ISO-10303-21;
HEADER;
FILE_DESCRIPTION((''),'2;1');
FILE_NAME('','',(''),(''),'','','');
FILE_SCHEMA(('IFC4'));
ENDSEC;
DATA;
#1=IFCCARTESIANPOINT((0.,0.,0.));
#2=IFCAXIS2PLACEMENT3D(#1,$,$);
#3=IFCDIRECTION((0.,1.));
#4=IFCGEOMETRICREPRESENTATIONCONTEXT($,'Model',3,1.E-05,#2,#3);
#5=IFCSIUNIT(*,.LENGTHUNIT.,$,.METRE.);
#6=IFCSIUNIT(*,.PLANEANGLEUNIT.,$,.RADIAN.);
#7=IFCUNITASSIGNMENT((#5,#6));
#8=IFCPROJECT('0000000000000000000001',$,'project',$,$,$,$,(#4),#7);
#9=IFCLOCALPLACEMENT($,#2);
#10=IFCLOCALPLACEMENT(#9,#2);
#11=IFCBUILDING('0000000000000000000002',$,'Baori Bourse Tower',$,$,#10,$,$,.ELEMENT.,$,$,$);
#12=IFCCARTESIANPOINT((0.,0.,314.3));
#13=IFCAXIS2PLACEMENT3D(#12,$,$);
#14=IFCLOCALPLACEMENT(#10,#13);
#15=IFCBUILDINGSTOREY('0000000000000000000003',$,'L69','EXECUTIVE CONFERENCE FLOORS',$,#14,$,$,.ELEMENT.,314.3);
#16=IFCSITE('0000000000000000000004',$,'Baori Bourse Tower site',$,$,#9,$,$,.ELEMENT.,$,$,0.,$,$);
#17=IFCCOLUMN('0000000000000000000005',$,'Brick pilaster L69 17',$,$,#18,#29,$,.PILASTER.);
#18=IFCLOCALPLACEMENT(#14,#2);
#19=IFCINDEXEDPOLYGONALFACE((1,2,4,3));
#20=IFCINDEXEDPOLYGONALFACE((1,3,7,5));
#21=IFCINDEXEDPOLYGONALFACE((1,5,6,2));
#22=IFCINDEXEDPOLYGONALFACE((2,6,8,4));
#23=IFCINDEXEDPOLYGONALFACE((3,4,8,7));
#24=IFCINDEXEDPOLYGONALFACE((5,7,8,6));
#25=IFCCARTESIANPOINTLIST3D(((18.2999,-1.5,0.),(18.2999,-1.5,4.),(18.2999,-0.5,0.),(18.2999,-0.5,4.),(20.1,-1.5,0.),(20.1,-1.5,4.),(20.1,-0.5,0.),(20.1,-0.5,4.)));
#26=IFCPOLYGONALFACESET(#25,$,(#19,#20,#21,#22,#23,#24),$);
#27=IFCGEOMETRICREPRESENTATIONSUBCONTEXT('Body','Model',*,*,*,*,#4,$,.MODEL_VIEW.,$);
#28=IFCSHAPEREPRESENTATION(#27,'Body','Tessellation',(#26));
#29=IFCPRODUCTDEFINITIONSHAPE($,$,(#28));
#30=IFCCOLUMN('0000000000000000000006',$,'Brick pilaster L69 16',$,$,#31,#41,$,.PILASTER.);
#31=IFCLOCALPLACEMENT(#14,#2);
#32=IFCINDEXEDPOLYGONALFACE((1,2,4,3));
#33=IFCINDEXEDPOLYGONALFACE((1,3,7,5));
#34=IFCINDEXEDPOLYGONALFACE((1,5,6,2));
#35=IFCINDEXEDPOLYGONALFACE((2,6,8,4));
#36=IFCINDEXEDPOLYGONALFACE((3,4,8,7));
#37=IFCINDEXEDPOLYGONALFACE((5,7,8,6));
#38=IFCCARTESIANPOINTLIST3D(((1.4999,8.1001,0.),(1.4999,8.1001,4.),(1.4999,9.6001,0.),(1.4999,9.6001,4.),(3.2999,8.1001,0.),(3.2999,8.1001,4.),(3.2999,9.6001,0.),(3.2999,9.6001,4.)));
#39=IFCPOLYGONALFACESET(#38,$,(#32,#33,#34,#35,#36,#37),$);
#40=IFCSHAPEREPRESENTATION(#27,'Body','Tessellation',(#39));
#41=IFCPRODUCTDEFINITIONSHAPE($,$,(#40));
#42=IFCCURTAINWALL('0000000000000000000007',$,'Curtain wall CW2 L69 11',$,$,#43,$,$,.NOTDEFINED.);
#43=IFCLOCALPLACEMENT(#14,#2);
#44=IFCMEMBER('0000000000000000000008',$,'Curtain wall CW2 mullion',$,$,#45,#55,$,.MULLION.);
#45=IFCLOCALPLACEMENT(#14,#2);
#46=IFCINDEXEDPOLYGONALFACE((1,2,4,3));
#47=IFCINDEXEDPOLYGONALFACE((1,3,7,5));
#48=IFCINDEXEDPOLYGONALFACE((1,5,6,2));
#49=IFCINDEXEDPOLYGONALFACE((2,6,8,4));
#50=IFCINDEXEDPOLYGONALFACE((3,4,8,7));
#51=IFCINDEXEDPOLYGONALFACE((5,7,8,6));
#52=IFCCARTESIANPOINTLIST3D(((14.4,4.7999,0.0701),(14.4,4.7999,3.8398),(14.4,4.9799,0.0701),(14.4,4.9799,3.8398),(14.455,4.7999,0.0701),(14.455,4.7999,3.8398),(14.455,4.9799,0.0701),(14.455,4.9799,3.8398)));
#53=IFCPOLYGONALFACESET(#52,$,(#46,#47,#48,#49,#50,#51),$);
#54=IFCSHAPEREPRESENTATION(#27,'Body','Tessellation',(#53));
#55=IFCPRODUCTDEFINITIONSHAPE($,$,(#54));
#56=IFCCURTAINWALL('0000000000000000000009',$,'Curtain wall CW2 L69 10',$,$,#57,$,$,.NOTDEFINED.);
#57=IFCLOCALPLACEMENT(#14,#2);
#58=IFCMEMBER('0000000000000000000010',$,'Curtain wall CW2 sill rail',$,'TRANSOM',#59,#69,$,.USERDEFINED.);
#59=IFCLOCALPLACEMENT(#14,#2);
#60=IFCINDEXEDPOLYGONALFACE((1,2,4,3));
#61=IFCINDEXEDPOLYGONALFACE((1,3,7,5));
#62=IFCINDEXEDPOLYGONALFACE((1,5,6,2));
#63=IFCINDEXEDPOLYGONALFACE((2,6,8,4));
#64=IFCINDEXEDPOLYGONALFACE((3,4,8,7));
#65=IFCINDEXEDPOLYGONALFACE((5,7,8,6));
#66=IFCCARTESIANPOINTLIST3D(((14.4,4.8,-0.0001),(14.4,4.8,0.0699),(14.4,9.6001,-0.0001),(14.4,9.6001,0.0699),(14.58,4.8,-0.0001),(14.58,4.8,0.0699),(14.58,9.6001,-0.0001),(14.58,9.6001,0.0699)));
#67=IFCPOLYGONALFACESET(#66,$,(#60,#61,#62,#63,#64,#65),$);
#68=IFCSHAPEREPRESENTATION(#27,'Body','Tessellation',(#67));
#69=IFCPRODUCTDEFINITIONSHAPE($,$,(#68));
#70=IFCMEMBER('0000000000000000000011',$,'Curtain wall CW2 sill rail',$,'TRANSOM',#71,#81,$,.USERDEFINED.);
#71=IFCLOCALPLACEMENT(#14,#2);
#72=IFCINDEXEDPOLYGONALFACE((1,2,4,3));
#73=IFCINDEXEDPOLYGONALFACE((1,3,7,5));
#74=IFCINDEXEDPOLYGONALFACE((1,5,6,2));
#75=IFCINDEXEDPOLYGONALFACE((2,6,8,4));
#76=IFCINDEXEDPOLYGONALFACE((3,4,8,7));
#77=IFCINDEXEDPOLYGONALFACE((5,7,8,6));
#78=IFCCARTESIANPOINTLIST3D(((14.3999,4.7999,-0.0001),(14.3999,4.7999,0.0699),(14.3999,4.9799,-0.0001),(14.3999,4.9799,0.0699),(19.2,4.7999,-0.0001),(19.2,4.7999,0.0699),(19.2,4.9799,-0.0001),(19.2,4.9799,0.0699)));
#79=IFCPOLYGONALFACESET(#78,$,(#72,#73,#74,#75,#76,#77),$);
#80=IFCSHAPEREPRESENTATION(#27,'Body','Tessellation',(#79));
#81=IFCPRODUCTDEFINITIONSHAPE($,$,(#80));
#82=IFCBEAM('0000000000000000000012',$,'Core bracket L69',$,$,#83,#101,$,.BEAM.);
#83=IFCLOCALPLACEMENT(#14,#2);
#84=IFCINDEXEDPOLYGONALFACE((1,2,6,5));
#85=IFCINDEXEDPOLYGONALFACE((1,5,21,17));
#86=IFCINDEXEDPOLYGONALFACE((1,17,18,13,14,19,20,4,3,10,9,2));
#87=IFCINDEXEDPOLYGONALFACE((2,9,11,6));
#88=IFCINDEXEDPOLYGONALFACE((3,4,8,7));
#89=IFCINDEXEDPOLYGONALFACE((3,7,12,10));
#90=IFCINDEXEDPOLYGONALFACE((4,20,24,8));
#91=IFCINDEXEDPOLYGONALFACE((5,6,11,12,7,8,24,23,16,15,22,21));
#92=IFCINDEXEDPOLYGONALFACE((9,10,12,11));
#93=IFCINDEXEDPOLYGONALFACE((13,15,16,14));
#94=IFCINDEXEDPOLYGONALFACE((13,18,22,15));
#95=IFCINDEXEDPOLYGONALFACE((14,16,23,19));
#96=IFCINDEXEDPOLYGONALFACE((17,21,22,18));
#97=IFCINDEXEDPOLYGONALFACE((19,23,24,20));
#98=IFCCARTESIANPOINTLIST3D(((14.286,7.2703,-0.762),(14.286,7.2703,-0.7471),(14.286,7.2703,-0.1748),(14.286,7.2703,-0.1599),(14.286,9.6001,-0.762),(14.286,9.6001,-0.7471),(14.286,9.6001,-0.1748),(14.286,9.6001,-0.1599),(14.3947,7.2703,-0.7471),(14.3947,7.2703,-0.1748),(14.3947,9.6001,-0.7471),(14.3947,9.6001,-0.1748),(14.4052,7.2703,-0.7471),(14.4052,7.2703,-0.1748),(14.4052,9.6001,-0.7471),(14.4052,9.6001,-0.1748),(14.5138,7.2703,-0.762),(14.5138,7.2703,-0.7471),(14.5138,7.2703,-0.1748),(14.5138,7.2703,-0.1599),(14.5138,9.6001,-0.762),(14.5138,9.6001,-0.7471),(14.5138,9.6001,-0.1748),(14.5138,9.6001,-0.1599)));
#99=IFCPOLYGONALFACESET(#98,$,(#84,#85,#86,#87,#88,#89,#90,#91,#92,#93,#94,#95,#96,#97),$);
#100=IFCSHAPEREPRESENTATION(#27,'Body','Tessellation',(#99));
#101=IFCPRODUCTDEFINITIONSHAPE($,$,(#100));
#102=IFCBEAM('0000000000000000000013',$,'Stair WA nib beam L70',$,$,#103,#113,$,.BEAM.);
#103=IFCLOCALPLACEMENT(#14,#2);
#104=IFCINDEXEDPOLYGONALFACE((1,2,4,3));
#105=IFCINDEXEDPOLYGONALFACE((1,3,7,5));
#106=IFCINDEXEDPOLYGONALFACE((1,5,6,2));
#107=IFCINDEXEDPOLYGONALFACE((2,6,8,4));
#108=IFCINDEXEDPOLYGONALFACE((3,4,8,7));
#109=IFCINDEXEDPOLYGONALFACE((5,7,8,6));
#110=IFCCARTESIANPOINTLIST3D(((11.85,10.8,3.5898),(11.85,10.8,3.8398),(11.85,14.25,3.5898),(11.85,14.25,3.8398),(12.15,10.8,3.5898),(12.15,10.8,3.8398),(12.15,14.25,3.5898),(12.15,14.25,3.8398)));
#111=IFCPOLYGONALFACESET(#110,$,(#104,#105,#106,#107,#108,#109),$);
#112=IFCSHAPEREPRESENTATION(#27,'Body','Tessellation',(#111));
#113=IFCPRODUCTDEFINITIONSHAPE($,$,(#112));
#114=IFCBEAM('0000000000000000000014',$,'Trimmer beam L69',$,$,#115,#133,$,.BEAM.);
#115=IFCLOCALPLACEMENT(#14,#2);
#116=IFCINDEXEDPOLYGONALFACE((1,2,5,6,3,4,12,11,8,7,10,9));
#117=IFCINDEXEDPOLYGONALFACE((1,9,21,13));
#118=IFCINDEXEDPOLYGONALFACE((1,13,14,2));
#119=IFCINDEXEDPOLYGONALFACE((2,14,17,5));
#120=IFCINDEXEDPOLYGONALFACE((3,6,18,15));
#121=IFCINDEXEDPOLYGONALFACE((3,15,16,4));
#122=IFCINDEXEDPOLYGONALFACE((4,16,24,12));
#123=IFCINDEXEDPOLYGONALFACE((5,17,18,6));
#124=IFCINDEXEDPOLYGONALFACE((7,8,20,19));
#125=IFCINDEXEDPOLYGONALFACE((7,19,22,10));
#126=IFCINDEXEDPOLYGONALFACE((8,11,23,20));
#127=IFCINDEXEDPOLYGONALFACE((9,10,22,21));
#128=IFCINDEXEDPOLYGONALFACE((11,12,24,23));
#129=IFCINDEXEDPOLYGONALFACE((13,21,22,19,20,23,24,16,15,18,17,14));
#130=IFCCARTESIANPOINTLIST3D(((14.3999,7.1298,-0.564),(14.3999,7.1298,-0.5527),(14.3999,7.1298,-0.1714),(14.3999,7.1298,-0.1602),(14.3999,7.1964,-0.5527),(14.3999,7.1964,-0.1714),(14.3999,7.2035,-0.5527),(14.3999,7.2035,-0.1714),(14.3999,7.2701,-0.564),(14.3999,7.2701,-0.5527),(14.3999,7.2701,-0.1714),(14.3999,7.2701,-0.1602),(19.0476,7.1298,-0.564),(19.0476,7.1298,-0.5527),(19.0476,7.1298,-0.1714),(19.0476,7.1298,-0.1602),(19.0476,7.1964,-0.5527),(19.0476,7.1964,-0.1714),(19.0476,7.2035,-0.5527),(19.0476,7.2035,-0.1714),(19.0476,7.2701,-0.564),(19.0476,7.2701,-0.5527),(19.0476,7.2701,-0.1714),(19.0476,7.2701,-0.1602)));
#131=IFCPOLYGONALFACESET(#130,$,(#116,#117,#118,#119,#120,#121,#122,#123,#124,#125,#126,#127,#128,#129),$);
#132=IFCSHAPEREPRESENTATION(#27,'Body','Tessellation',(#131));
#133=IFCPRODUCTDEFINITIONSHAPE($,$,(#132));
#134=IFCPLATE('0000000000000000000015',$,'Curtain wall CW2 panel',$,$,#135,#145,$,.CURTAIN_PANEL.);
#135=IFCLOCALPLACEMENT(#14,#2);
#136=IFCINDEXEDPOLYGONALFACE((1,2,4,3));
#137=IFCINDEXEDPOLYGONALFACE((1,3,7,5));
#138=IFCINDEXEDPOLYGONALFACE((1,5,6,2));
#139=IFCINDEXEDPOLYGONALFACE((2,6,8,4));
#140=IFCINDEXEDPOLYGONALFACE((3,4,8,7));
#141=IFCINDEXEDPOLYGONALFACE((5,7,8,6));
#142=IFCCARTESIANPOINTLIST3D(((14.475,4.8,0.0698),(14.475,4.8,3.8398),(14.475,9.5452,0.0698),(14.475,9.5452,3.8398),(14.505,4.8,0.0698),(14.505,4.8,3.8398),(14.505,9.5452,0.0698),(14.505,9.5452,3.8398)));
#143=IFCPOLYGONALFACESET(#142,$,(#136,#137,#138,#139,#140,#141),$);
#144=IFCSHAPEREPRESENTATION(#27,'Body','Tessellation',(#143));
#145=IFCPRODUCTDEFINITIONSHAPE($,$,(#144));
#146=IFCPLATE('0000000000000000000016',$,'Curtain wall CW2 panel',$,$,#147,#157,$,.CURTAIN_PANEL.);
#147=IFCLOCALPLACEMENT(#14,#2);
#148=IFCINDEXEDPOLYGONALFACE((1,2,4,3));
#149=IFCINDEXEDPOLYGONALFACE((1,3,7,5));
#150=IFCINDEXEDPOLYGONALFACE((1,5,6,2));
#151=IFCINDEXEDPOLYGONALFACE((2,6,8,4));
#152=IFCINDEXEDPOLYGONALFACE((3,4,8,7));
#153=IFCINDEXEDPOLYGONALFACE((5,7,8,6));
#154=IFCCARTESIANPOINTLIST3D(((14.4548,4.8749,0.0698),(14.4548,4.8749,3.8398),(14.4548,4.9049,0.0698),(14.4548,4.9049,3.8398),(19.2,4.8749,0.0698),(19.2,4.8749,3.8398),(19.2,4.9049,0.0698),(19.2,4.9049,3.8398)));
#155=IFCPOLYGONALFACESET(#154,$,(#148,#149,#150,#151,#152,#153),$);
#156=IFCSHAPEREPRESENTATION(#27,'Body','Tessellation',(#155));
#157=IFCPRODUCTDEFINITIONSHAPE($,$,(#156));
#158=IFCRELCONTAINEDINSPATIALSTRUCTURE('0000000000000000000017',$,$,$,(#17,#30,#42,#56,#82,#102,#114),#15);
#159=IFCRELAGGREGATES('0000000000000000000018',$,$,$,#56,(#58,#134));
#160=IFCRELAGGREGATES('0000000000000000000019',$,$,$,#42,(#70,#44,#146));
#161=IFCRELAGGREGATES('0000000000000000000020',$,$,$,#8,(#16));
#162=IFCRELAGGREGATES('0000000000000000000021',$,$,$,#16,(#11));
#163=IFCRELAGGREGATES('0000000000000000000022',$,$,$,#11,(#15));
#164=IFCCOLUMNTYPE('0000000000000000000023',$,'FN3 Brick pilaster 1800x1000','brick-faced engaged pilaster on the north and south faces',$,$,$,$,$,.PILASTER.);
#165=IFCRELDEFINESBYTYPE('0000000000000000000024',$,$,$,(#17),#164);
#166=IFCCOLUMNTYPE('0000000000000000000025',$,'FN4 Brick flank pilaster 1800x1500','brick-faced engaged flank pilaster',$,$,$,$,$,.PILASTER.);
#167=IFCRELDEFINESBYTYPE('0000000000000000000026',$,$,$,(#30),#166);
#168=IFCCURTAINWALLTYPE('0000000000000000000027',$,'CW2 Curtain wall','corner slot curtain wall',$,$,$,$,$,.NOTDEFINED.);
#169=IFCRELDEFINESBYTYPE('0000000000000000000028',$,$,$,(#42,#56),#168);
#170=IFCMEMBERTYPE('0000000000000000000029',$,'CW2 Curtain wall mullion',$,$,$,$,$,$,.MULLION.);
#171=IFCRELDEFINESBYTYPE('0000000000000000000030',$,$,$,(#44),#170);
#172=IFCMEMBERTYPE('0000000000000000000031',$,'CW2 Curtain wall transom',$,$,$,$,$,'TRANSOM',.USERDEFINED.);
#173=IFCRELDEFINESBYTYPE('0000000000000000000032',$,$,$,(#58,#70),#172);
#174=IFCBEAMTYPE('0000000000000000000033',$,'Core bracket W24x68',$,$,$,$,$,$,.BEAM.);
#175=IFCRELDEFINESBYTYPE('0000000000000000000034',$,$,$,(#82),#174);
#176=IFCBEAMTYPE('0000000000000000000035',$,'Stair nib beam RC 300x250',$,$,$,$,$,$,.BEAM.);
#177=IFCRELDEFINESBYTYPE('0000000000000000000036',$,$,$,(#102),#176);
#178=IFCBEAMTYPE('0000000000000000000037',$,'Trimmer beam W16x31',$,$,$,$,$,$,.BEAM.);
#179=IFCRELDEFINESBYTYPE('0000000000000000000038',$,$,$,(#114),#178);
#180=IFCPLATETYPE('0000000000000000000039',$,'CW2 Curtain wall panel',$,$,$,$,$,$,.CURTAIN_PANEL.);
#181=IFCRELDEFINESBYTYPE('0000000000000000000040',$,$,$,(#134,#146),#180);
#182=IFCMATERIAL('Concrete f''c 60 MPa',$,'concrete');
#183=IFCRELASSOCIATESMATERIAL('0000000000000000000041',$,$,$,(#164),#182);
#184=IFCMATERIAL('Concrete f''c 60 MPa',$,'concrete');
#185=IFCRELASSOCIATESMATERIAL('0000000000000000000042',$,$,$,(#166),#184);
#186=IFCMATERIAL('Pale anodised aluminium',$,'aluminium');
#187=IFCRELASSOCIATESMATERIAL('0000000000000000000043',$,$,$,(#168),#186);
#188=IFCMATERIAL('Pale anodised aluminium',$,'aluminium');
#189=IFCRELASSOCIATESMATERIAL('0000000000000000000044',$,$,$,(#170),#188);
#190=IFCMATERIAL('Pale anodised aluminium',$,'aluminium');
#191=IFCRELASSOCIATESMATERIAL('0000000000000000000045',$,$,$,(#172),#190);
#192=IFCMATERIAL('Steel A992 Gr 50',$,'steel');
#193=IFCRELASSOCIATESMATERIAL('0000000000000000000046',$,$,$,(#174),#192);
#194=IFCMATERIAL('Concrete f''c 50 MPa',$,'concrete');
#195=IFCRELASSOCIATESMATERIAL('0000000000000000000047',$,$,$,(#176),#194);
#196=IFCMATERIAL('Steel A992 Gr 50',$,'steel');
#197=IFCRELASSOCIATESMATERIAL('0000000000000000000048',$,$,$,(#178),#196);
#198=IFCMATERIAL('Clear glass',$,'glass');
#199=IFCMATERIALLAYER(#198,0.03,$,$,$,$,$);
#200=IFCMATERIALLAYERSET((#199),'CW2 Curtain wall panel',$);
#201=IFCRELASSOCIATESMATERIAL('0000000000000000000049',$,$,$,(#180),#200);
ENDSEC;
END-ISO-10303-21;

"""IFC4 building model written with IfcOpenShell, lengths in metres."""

from ifc_helpers import new_model, si_unit, direction, frame, origin, origin_2d, place, context, subcontext, project, spatial, rectangle, i_section, extrude, material, layer, layer_set, material_profile, profile_set, type_object, element, aggregate, save


model = new_model("IFC4")

# Units and contexts
model_context = context("Model", 3, precision=1e-05, world=origin(), true_north=direction((0.0, 1.0)))
body_context = subcontext(model_context, "Body", "Model", "MODEL_VIEW")
ifc_project = project(units=[si_unit("LENGTHUNIT", "METRE"), si_unit("PLANEANGLEUNIT", "RADIAN")], contexts=[model_context])

# Site, building, storey
site_placement = place(None, origin())
site = spatial("IfcSite", under=ifc_project, at=site_placement, Name="Baori Bourse Tower site", CompositionType="ELEMENT", RefElevation=0.0)
building_placement = place(site_placement, origin())
building = spatial("IfcBuilding", under=site, at=building_placement, Name="Baori Bourse Tower", CompositionType="ELEMENT")
storey_placement = place(building_placement, frame((0.0, 0.0, 314.3)))
storey = spatial("IfcBuildingStorey", under=building, at=storey_placement, Name="L69", Description="EXECUTIVE CONFERENCE FLOORS", CompositionType="ELEMENT", Elevation=314.3)

# Columns
ifc_material_1 = material(Name="Concrete f'c 60 MPa", Category="concrete")
ifc_material_profile_1 = material_profile(ifc_material_1, rectangle(XDim=1.8, YDim=1.0, at=origin_2d()), Name="RC 1800x1000")
ifc_profile_set_1 = profile_set([ifc_material_profile_1], Name="Concrete f'c 60 MPa")
column_type_1 = type_object("IfcColumnType", Name="FN3 Brick pilaster 1800x1000", Description="brick-faced engaged pilaster on the north and south faces", PredefinedType="PILASTER", material=ifc_profile_set_1)
column_1_placement = place(storey_placement, frame((19.2, -1.0, 0.0), z_axis=(0.0, 0.0, 1.0), x_axis=(1.0, 0.0, 0.0)))
element("IfcColumn", 1, at=column_1_placement, inside=storey, type_object=column_type_1, Name="Brick pilaster L69 17", PredefinedType="PILASTER", context=body_context, shape_type="SweptSolid", body=[
    extrude(rectangle(XDim=1.8, YDim=1.0, at=origin_2d()), origin(), (0.0, 0.0, 1.0), 4.0),
])
ifc_material_2 = material(Name="Concrete f'c 60 MPa", Category="concrete")
ifc_material_profile_2 = material_profile(ifc_material_2, rectangle(XDim=1.8, YDim=1.5, at=origin_2d()), Name="RC 1800x1500")
ifc_profile_set_2 = profile_set([ifc_material_profile_2], Name="Concrete f'c 60 MPa")
column_type_2 = type_object("IfcColumnType", Name="FN4 Brick flank pilaster 1800x1500", Description="brick-faced engaged flank pilaster", PredefinedType="PILASTER", material=ifc_profile_set_2)
column_2_placement = place(storey_placement, frame((2.3999, 8.8501, 0.0), z_axis=(0.0, 0.0, 1.0), x_axis=(1.0, 0.0, 0.0)))
element("IfcColumn", 2, at=column_2_placement, inside=storey, type_object=column_type_2, Name="Brick pilaster L69 16", PredefinedType="PILASTER", context=body_context, shape_type="SweptSolid", body=[
    extrude(rectangle(XDim=1.8, YDim=1.5, at=origin_2d()), origin(), (0.0, 0.0, 1.0), 4.0),
])

# Curtain walls, members
ifc_material_3 = material(Name="Pale anodised aluminium", Category="aluminium")
curtain_wall_type = type_object("IfcCurtainWallType", Name="CW2 Curtain wall", Description="corner slot curtain wall", PredefinedType="NOTDEFINED", material=ifc_material_3)
curtain_wall_1_placement = place(storey_placement, origin())
curtain_wall_1 = element("IfcCurtainWall", 3, at=curtain_wall_1_placement, inside=storey, type_object=curtain_wall_type, Name="Curtain wall CW2 L69 11", PredefinedType="NOTDEFINED")
ifc_material_4 = material(Name="Pale anodised aluminium", Category="aluminium")
ifc_material_profile_3 = material_profile(ifc_material_4, rectangle(XDim=0.1799, YDim=0.0549, at=origin_2d()), Name="Mullion 55x180")
ifc_profile_set_3 = profile_set([ifc_material_profile_3], Name="Pale anodised aluminium")
member_type_1 = type_object("IfcMemberType", Name="CW2 Curtain wall mullion", PredefinedType="MULLION", material=ifc_profile_set_3)
member_1_placement = place(storey_placement, frame((14.4275, 4.8899, 0.0701), z_axis=(0.0, 0.0, 1.0), x_axis=(0.0, 1.0, 0.0)))
member_1 = element("IfcMember", 4, at=member_1_placement, type_object=member_type_1, Name="Curtain wall CW2 mullion", PredefinedType="MULLION", context=body_context, shape_type="SweptSolid", body=[
    extrude(rectangle(XDim=0.1799, YDim=0.0549, at=origin_2d()), origin(), (0.0, 0.0, 1.0), 3.7698),
])
curtain_wall_2_placement = place(storey_placement, origin())
curtain_wall_2 = element("IfcCurtainWall", 5, at=curtain_wall_2_placement, inside=storey, type_object=curtain_wall_type, Name="Curtain wall CW2 L69 10", PredefinedType="NOTDEFINED")
ifc_material_5 = material(Name="Pale anodised aluminium", Category="aluminium")
ifc_material_profile_4 = material_profile(ifc_material_5, rectangle(XDim=0.1799, YDim=0.0701, at=origin_2d()), Name="Transom 70x180")
ifc_profile_set_4 = profile_set([ifc_material_profile_4], Name="Pale anodised aluminium")
member_type_2 = type_object("IfcMemberType", Name="CW2 Curtain wall transom", ElementType="TRANSOM", PredefinedType="USERDEFINED", material=ifc_profile_set_4)
member_2_placement = place(storey_placement, frame((14.49, 9.6001, 0.0349), z_axis=(0.0, -1.0, 0.0), x_axis=(1.0, 0.0, 0.0)))
member_2 = element("IfcMember", 6, at=member_2_placement, type_object=member_type_2, Name="Curtain wall CW2 sill rail", ObjectType="TRANSOM", PredefinedType="USERDEFINED", context=body_context, shape_type="SweptSolid", body=[
    extrude(rectangle(XDim=0.1799, YDim=0.0701, at=origin_2d()), origin(), (0.0, 0.0, 1.0), 4.8),
])

# Member
member_3_placement = place(storey_placement, frame((14.3999, 4.8899, 0.0349), z_axis=(1.0, 0.0, 0.0), x_axis=(0.0, 1.0, 0.0)))
member_3 = element("IfcMember", 7, at=member_3_placement, type_object=member_type_2, Name="Curtain wall CW2 sill rail", ObjectType="TRANSOM", PredefinedType="USERDEFINED", context=body_context, shape_type="SweptSolid", body=[
    extrude(rectangle(XDim=0.1799, YDim=0.0701, at=origin_2d()), origin(), (0.0, 0.0, 1.0), 4.8),
])

# Beams
ifc_material_6 = material(Name="Steel A992 Gr 50", Category="steel")
ifc_material_profile_5 = material_profile(ifc_material_6, i_section(OverallWidth=0.2278, OverallDepth=0.6021, WebThickness=0.0105, FlangeThickness=0.0149, at=origin_2d()), Name="W24x68")
ifc_profile_set_5 = profile_set([ifc_material_profile_5], Name="Steel A992 Gr 50")
beam_type_1 = type_object("IfcBeamType", Name="Core bracket W24x68", PredefinedType="BEAM", material=ifc_profile_set_5)
beam_1_placement = place(storey_placement, frame((14.3999, 7.2703, -0.4609), z_axis=(0.0, 1.0, 0.0), x_axis=(-1.0, 0.0, 0.0)))
element("IfcBeam", 8, at=beam_1_placement, inside=storey, type_object=beam_type_1, Name="Core bracket L69", PredefinedType="BEAM", context=body_context, shape_type="SweptSolid", body=[
    extrude(i_section(OverallWidth=0.2278, OverallDepth=0.6021, WebThickness=0.0105, FlangeThickness=0.0149, at=origin_2d()), origin(), (0.0, 0.0, 1.0), 2.3298),
])
ifc_material_7 = material(Name="Concrete f'c 50 MPa", Category="concrete")
ifc_material_profile_6 = material_profile(ifc_material_7, rectangle(XDim=0.3, YDim=0.25, at=origin_2d()), Name="RC 300x250")
ifc_profile_set_6 = profile_set([ifc_material_profile_6], Name="Concrete f'c 50 MPa")
beam_type_2 = type_object("IfcBeamType", Name="Stair nib beam RC 300x250", PredefinedType="BEAM", material=ifc_profile_set_6)
beam_2_placement = place(storey_placement, frame((12.0, 10.8, 3.7148), z_axis=(0.0, 1.0, 0.0), x_axis=(-1.0, 0.0, 0.0)))
element("IfcBeam", 9, at=beam_2_placement, inside=storey, type_object=beam_type_2, Name="Stair WA nib beam L70", PredefinedType="BEAM", context=body_context, shape_type="SweptSolid", body=[
    extrude(rectangle(XDim=0.3, YDim=0.25, at=origin_2d()), origin(), (0.0, 0.0, 1.0), 3.45),
])
ifc_material_8 = material(Name="Steel A992 Gr 50", Category="steel")
ifc_material_profile_7 = material_profile(ifc_material_8, i_section(OverallWidth=0.1404, OverallDepth=0.4038, WebThickness=0.0071, FlangeThickness=0.0112, at=origin_2d()), Name="W16x31")
ifc_profile_set_7 = profile_set([ifc_material_profile_7], Name="Steel A992 Gr 50")
beam_type_3 = type_object("IfcBeamType", Name="Trimmer beam W16x31", PredefinedType="BEAM", material=ifc_profile_set_7)
beam_3_placement = place(storey_placement, frame((14.3999, 7.2, -0.3621), z_axis=(1.0, 0.0, 0.0), x_axis=(0.0, 1.0, 0.0)))
element("IfcBeam", 10, at=beam_3_placement, inside=storey, type_object=beam_type_3, Name="Trimmer beam L69", PredefinedType="BEAM", context=body_context, shape_type="SweptSolid", body=[
    extrude(i_section(OverallWidth=0.1404, OverallDepth=0.4038, WebThickness=0.0071, FlangeThickness=0.0112, at=origin_2d()), origin(), (0.0, 0.0, 1.0), 4.6477),
])

# Plates
ifc_material_9 = material(Name="Clear glass", Category="glass")
ifc_layer_1 = layer(ifc_material_9, 0.03)
ifc_layer_set_1 = layer_set([ifc_layer_1], Name="CW2 Curtain wall panel")
plate_type = type_object("IfcPlateType", Name="CW2 Curtain wall panel", PredefinedType="CURTAIN_PANEL", material=ifc_layer_set_1)
plate_1_placement = place(storey_placement, frame((14.49, 7.1726, 0.0698), z_axis=(0.0, 0.0, 1.0), x_axis=(0.0, -1.0, 0.0)))
plate_1 = element("IfcPlate", 11, at=plate_1_placement, type_object=plate_type, Name="Curtain wall CW2 panel", PredefinedType="CURTAIN_PANEL", context=body_context, shape_type="SweptSolid", body=[
    extrude(rectangle(XDim=4.7451, YDim=0.03, at=origin_2d()), origin(), (0.0, 0.0, 1.0), 3.77),
])
aggregate(curtain_wall_2, [member_2, plate_1])
plate_2_placement = place(storey_placement, frame((16.8274, 4.8899, 0.0698), z_axis=(0.0, 0.0, 1.0), x_axis=(1.0, 0.0, 0.0)))
plate_2 = element("IfcPlate", 12, at=plate_2_placement, type_object=plate_type, Name="Curtain wall CW2 panel", PredefinedType="CURTAIN_PANEL", context=body_context, shape_type="SweptSolid", body=[
    extrude(rectangle(XDim=4.7451, YDim=0.03, at=origin_2d()), origin(), (0.0, 0.0, 1.0), 3.77),
])
aggregate(curtain_wall_1, [member_3, member_1, plate_2])

save(model, "model.ifc")
